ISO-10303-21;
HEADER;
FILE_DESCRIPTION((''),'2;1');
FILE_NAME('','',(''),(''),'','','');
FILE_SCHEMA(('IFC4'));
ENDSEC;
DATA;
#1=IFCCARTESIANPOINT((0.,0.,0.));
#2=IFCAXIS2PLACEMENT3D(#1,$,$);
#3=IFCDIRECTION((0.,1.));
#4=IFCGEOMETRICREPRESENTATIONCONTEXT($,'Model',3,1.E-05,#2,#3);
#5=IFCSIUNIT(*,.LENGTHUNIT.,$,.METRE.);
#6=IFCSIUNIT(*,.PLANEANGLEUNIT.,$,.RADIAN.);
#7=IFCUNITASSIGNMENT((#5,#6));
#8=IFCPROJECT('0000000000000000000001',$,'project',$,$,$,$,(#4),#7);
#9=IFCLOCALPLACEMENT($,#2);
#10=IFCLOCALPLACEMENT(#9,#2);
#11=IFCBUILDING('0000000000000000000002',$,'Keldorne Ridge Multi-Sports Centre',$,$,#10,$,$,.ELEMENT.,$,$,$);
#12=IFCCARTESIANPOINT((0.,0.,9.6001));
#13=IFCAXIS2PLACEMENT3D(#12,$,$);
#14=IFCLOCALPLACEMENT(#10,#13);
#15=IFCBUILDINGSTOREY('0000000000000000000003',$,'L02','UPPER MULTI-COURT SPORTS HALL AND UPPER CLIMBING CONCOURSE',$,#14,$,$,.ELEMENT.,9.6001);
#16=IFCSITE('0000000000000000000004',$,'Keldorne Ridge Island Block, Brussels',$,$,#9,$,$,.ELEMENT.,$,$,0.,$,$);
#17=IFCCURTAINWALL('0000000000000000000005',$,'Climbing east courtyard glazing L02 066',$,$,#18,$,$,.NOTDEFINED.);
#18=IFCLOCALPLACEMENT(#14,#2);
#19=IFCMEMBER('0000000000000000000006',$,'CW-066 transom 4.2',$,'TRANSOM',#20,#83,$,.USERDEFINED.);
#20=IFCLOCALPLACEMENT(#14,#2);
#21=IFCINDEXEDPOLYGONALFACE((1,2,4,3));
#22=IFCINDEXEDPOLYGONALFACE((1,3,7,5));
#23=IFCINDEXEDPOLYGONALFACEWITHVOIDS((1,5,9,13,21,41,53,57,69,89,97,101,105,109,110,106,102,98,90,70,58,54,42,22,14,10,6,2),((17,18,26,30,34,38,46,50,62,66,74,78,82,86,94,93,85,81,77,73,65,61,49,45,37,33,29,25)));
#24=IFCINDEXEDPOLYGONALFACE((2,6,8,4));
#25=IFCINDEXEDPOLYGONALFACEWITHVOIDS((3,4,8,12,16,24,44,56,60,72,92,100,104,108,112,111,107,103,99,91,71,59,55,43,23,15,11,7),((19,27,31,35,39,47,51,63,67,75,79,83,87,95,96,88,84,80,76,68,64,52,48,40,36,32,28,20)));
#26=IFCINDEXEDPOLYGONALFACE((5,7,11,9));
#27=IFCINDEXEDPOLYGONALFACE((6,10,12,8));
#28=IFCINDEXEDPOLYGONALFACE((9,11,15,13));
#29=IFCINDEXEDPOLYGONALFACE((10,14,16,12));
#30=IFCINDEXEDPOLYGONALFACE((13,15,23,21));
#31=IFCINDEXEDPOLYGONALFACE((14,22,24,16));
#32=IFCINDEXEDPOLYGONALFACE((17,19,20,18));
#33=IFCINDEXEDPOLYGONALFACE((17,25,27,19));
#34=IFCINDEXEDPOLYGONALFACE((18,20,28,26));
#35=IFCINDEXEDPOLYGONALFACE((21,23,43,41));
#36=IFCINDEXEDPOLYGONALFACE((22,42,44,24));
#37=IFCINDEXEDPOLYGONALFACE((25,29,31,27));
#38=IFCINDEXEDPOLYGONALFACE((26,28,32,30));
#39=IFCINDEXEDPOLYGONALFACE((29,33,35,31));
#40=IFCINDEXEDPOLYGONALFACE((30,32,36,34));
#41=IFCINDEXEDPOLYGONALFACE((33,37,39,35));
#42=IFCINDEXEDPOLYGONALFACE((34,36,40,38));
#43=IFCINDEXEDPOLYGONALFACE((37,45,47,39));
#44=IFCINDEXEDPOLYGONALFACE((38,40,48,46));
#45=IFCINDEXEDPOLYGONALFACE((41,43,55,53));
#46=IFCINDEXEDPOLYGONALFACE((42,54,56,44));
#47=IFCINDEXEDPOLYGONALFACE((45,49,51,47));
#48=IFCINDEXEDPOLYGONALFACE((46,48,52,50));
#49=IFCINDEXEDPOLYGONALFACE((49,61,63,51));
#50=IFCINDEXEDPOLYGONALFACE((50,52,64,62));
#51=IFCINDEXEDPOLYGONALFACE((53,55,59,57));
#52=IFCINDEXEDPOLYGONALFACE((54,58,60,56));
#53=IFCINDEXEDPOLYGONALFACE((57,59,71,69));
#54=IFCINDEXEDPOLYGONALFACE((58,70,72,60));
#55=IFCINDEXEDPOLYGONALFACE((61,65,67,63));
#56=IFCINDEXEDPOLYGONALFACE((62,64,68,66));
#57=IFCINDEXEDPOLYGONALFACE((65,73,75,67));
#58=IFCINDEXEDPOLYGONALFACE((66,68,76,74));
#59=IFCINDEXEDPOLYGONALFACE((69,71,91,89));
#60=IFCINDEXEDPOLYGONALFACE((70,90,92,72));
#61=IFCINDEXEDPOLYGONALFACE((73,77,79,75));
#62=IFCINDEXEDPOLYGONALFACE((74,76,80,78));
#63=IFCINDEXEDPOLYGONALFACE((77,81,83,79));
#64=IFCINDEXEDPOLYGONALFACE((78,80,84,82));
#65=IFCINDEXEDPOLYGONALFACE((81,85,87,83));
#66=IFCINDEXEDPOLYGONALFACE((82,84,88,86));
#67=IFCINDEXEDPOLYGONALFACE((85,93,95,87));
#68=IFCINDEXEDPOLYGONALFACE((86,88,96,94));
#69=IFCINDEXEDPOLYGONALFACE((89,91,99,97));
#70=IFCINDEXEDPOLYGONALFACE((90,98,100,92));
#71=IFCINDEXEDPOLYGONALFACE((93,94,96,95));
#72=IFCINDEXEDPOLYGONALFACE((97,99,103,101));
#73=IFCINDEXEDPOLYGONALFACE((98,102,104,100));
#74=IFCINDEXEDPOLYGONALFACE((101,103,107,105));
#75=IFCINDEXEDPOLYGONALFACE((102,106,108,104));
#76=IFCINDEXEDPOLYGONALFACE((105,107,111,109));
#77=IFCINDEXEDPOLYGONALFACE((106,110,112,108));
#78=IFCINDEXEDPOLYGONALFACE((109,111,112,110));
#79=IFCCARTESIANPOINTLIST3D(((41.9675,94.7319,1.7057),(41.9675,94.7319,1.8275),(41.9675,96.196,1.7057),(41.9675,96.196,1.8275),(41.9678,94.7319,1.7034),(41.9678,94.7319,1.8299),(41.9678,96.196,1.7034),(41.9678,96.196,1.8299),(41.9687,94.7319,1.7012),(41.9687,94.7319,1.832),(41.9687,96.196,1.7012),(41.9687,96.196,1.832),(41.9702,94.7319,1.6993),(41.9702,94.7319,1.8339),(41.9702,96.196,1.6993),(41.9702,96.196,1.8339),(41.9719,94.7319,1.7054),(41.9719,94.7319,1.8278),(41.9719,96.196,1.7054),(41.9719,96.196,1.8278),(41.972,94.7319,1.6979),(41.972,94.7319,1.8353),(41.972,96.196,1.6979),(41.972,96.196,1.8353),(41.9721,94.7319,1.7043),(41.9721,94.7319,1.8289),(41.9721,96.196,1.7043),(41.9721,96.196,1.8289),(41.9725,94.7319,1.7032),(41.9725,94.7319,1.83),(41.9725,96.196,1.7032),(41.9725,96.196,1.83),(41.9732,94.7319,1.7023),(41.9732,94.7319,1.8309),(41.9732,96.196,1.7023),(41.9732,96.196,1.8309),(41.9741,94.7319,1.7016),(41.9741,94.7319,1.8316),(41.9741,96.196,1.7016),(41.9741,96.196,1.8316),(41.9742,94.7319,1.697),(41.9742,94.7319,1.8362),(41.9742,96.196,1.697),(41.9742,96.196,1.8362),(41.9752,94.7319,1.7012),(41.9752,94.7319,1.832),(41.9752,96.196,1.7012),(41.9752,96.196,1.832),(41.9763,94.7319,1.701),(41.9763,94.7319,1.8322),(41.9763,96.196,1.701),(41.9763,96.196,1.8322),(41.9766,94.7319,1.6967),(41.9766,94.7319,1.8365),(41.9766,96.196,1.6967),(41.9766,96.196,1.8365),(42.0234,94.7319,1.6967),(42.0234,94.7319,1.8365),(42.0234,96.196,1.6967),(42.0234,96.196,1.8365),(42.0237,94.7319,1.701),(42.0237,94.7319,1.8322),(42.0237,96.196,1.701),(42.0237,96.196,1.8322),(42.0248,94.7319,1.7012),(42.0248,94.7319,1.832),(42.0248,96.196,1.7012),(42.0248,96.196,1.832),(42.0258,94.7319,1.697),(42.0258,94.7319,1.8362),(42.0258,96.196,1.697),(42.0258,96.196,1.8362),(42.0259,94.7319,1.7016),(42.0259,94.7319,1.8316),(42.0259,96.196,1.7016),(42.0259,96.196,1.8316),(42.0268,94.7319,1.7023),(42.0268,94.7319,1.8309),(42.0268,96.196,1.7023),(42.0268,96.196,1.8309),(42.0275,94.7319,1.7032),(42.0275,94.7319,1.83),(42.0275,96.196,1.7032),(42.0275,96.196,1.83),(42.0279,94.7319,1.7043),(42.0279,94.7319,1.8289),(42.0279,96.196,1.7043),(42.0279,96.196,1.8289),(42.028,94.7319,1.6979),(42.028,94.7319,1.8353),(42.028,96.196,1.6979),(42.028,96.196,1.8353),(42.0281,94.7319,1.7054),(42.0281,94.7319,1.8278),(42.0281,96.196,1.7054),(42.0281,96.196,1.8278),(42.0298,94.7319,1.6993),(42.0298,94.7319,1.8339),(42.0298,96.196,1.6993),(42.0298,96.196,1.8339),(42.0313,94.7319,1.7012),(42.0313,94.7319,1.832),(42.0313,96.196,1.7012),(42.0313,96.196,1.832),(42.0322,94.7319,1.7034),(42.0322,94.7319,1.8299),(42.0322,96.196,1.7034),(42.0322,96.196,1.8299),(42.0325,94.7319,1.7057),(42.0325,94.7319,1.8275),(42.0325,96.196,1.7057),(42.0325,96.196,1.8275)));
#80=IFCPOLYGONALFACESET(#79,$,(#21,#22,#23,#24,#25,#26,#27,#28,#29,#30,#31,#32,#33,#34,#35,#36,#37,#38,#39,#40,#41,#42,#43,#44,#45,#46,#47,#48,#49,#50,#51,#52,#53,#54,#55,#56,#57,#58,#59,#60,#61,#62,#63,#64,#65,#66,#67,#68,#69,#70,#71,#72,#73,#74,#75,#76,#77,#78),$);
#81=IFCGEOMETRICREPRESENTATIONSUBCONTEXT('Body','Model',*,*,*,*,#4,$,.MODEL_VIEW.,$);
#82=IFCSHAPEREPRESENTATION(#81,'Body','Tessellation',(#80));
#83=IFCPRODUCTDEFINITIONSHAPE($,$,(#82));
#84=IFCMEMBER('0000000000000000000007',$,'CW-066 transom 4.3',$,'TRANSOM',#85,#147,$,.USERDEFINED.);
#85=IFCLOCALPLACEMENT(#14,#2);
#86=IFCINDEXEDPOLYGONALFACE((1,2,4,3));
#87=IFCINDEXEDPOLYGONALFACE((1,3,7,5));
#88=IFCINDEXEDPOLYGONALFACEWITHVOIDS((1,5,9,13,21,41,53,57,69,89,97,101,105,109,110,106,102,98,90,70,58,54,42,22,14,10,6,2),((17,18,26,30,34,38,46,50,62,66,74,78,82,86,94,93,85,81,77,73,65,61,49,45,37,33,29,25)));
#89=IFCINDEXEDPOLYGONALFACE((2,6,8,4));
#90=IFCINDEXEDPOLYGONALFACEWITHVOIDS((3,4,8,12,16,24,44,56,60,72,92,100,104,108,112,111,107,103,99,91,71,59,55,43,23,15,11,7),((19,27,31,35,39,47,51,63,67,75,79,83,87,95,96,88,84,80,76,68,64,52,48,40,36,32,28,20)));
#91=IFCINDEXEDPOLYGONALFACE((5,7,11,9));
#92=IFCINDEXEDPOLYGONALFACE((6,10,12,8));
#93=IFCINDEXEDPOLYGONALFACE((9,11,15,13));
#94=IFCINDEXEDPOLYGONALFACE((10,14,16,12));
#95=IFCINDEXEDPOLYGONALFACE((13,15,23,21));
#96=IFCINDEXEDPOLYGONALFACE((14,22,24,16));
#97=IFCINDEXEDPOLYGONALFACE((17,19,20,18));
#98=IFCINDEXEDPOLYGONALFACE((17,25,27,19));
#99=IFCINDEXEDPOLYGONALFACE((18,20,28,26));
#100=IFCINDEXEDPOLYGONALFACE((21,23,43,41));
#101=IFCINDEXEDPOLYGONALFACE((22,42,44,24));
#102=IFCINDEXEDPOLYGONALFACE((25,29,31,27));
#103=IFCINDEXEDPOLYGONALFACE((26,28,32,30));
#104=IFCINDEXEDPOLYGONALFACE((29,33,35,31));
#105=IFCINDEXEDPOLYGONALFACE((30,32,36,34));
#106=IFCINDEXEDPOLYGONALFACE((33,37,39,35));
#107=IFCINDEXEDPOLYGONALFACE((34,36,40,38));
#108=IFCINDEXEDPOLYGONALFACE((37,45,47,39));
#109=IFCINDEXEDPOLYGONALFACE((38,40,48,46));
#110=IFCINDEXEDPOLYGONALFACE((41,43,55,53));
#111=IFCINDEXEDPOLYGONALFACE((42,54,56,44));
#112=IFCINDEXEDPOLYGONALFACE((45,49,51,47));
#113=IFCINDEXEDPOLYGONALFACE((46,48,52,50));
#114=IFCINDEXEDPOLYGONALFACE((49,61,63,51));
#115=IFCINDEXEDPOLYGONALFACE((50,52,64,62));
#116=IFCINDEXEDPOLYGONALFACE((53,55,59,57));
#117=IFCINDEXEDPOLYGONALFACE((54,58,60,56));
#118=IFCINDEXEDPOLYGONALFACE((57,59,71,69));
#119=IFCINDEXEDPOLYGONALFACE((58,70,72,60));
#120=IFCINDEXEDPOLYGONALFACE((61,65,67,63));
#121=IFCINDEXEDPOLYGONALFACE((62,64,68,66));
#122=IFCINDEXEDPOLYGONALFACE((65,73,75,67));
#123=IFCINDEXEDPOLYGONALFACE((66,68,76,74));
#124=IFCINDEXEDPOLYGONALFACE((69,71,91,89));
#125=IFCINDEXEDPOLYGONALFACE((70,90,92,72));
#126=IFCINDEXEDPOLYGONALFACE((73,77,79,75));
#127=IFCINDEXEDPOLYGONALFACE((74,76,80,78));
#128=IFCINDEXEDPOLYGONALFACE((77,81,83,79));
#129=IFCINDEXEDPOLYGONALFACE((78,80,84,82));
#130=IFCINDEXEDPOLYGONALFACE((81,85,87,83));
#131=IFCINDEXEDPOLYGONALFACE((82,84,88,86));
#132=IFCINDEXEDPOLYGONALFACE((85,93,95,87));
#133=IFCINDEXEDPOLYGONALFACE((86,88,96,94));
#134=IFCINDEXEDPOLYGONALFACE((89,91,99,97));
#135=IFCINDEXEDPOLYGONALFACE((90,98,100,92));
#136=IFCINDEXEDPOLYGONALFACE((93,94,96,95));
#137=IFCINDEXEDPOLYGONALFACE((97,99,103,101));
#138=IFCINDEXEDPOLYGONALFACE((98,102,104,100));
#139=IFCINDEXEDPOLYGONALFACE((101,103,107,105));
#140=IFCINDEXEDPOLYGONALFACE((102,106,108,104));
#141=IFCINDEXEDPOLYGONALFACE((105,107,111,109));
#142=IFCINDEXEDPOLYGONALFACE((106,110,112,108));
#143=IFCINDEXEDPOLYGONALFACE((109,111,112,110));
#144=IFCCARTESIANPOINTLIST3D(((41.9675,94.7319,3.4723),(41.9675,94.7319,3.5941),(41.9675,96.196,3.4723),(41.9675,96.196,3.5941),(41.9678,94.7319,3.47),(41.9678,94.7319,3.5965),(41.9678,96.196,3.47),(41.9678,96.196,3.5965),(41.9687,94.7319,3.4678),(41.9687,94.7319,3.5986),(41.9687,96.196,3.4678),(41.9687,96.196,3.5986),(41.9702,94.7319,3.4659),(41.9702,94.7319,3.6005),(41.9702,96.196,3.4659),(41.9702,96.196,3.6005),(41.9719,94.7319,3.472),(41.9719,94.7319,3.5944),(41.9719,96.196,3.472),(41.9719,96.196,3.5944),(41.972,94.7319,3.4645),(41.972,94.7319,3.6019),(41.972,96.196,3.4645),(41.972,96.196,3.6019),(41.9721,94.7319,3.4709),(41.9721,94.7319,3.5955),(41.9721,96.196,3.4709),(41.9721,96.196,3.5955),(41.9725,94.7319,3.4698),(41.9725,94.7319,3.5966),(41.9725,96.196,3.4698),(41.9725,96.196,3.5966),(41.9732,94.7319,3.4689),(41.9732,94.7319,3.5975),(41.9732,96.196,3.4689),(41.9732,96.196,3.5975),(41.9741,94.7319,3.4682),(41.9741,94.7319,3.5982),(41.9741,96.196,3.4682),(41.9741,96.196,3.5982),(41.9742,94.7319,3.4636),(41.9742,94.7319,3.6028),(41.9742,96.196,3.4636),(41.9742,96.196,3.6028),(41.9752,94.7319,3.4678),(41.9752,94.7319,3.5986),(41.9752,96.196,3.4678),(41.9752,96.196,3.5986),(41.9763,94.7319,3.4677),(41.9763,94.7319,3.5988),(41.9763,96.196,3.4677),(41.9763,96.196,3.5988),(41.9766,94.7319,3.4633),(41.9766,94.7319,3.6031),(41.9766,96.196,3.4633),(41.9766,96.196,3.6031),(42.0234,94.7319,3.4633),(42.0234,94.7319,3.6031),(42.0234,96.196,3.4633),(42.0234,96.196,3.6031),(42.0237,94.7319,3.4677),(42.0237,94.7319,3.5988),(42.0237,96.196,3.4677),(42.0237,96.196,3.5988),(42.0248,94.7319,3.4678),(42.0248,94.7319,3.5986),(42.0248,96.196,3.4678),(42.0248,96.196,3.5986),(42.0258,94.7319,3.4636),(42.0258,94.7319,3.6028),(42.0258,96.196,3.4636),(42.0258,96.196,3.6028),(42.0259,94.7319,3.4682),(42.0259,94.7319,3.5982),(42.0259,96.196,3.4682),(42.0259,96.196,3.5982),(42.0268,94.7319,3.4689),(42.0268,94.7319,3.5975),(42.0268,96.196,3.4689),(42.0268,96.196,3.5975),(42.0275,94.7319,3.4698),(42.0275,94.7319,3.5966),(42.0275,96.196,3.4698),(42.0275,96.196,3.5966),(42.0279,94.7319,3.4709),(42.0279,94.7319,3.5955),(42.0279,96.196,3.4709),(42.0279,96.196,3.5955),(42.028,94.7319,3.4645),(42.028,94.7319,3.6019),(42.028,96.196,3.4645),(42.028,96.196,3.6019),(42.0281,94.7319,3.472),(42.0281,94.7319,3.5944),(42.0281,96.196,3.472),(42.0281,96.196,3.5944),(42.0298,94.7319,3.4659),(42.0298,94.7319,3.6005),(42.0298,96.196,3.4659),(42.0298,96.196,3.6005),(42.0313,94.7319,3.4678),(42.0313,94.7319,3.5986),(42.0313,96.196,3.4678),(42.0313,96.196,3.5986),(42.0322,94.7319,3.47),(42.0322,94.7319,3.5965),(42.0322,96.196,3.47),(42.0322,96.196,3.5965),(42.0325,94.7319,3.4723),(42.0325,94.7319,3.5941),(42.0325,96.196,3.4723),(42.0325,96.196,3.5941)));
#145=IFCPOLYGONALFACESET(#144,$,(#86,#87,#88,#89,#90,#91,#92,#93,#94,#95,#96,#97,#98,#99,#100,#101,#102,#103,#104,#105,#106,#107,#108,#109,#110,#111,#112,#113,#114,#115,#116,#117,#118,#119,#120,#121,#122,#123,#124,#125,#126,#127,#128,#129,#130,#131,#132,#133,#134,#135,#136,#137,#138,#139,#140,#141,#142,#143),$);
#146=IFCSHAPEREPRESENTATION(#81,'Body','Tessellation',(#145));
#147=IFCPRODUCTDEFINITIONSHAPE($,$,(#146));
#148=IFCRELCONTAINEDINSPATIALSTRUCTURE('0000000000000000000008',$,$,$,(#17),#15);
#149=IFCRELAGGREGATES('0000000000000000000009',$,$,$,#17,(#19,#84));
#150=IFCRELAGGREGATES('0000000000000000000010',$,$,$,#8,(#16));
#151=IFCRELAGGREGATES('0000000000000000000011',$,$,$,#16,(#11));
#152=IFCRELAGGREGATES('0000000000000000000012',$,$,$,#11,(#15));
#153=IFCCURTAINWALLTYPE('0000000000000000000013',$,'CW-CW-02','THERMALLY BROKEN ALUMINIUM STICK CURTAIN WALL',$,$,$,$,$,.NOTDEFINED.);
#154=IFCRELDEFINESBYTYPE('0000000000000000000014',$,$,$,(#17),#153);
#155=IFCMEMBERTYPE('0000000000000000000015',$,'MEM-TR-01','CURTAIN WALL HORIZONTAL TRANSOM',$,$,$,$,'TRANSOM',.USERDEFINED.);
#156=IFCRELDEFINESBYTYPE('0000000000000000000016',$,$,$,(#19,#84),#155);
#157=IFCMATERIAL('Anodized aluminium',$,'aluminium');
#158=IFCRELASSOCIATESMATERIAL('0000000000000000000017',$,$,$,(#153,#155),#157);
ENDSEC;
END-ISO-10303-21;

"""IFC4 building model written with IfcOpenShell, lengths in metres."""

from ifc_helpers import new_model, si_unit, direction, frame, origin, origin_2d, place, context, subcontext, project, spatial, hollow_rectangle, extrude, material, material_profile, profile_set, type_object, element, aggregate, save


model = new_model("IFC4")

# Units and contexts
model_context = context("Model", 3, precision=1e-05, world=origin(), true_north=direction((0.0, 1.0)))
body_context = subcontext(model_context, "Body", "Model", "MODEL_VIEW")
ifc_project = project(units=[si_unit("LENGTHUNIT", "METRE"), si_unit("PLANEANGLEUNIT", "RADIAN")], contexts=[model_context])

# Site, building, storey
site_placement = place(None, origin())
site = spatial("IfcSite", under=ifc_project, at=site_placement, Name="Keldorne Ridge Island Block, Brussels", CompositionType="ELEMENT", RefElevation=0.0)
building_placement = place(site_placement, origin())
building = spatial("IfcBuilding", under=site, at=building_placement, Name="Keldorne Ridge Multi-Sports Centre", CompositionType="ELEMENT")
storey_placement = place(building_placement, frame((0.0, 0.0, 9.6001)))
storey = spatial("IfcBuildingStorey", under=building, at=storey_placement, Name="L02", Description="UPPER MULTI-COURT SPORTS HALL AND UPPER CLIMBING CONCOURSE", CompositionType="ELEMENT", Elevation=9.6001)

# Curtain wall, members
ifc_material_1 = material(Name="Anodized aluminium", Category="aluminium")
curtain_wall_type = type_object("IfcCurtainWallType", Name="CW-CW-02", Description="THERMALLY BROKEN ALUMINIUM STICK CURTAIN WALL", PredefinedType="NOTDEFINED", material=ifc_material_1)
curtain_wall_placement = place(storey_placement, origin())
curtain_wall = element("IfcCurtainWall", 1, at=curtain_wall_placement, inside=storey, type_object=curtain_wall_type, Name="Climbing east courtyard glazing L02 066", PredefinedType="NOTDEFINED")
ifc_material_profile_1 = material_profile(ifc_material_1, hollow_rectangle(XDim=0.0649, YDim=0.1399, WallThickness=0.0044, InnerFilletRadius=0.0044, OuterFilletRadius=0.009, at=origin_2d()), Name="ALU TRANSOM 140x65x4.5")
ifc_profile_set_1 = profile_set([ifc_material_profile_1], Name="Anodized aluminium")
member_type_1 = type_object("IfcMemberType", Name="MEM-TR-01", Description="CURTAIN WALL HORIZONTAL TRANSOM", ElementType="TRANSOM", PredefinedType="USERDEFINED", material=ifc_profile_set_1)
member_1_placement = place(storey_placement, frame((42.0, 94.7319, 1.7666), z_axis=(0.0, 1.0, 0.0), x_axis=(-1.0, 0.0, 0.0)))
member_1 = element("IfcMember", 2, at=member_1_placement, type_object=member_type_1, Name="CW-066 transom 4.2", ObjectType="TRANSOM", PredefinedType="USERDEFINED", context=body_context, shape_type="SweptSolid", body=[
    extrude(hollow_rectangle(XDim=0.0649, YDim=0.1399, WallThickness=0.0044, InnerFilletRadius=0.0044, OuterFilletRadius=0.009, at=origin_2d()), origin(), (0.0, 0.0, 1.0), 1.4641),
])
member_2_placement = place(storey_placement, frame((42.0, 94.7319, 3.5332), z_axis=(0.0, 1.0, 0.0), x_axis=(-1.0, 0.0, 0.0)))
member_2 = element("IfcMember", 3, at=member_2_placement, type_object=member_type_1, Name="CW-066 transom 4.3", ObjectType="TRANSOM", PredefinedType="USERDEFINED", context=body_context, shape_type="SweptSolid", body=[
    extrude(hollow_rectangle(XDim=0.0649, YDim=0.1399, WallThickness=0.0044, InnerFilletRadius=0.0044, OuterFilletRadius=0.009, at=origin_2d()), origin(), (0.0, 0.0, 1.0), 1.4641),
])
aggregate(curtain_wall, [member_1, member_2])

save(model, "model.ifc")
